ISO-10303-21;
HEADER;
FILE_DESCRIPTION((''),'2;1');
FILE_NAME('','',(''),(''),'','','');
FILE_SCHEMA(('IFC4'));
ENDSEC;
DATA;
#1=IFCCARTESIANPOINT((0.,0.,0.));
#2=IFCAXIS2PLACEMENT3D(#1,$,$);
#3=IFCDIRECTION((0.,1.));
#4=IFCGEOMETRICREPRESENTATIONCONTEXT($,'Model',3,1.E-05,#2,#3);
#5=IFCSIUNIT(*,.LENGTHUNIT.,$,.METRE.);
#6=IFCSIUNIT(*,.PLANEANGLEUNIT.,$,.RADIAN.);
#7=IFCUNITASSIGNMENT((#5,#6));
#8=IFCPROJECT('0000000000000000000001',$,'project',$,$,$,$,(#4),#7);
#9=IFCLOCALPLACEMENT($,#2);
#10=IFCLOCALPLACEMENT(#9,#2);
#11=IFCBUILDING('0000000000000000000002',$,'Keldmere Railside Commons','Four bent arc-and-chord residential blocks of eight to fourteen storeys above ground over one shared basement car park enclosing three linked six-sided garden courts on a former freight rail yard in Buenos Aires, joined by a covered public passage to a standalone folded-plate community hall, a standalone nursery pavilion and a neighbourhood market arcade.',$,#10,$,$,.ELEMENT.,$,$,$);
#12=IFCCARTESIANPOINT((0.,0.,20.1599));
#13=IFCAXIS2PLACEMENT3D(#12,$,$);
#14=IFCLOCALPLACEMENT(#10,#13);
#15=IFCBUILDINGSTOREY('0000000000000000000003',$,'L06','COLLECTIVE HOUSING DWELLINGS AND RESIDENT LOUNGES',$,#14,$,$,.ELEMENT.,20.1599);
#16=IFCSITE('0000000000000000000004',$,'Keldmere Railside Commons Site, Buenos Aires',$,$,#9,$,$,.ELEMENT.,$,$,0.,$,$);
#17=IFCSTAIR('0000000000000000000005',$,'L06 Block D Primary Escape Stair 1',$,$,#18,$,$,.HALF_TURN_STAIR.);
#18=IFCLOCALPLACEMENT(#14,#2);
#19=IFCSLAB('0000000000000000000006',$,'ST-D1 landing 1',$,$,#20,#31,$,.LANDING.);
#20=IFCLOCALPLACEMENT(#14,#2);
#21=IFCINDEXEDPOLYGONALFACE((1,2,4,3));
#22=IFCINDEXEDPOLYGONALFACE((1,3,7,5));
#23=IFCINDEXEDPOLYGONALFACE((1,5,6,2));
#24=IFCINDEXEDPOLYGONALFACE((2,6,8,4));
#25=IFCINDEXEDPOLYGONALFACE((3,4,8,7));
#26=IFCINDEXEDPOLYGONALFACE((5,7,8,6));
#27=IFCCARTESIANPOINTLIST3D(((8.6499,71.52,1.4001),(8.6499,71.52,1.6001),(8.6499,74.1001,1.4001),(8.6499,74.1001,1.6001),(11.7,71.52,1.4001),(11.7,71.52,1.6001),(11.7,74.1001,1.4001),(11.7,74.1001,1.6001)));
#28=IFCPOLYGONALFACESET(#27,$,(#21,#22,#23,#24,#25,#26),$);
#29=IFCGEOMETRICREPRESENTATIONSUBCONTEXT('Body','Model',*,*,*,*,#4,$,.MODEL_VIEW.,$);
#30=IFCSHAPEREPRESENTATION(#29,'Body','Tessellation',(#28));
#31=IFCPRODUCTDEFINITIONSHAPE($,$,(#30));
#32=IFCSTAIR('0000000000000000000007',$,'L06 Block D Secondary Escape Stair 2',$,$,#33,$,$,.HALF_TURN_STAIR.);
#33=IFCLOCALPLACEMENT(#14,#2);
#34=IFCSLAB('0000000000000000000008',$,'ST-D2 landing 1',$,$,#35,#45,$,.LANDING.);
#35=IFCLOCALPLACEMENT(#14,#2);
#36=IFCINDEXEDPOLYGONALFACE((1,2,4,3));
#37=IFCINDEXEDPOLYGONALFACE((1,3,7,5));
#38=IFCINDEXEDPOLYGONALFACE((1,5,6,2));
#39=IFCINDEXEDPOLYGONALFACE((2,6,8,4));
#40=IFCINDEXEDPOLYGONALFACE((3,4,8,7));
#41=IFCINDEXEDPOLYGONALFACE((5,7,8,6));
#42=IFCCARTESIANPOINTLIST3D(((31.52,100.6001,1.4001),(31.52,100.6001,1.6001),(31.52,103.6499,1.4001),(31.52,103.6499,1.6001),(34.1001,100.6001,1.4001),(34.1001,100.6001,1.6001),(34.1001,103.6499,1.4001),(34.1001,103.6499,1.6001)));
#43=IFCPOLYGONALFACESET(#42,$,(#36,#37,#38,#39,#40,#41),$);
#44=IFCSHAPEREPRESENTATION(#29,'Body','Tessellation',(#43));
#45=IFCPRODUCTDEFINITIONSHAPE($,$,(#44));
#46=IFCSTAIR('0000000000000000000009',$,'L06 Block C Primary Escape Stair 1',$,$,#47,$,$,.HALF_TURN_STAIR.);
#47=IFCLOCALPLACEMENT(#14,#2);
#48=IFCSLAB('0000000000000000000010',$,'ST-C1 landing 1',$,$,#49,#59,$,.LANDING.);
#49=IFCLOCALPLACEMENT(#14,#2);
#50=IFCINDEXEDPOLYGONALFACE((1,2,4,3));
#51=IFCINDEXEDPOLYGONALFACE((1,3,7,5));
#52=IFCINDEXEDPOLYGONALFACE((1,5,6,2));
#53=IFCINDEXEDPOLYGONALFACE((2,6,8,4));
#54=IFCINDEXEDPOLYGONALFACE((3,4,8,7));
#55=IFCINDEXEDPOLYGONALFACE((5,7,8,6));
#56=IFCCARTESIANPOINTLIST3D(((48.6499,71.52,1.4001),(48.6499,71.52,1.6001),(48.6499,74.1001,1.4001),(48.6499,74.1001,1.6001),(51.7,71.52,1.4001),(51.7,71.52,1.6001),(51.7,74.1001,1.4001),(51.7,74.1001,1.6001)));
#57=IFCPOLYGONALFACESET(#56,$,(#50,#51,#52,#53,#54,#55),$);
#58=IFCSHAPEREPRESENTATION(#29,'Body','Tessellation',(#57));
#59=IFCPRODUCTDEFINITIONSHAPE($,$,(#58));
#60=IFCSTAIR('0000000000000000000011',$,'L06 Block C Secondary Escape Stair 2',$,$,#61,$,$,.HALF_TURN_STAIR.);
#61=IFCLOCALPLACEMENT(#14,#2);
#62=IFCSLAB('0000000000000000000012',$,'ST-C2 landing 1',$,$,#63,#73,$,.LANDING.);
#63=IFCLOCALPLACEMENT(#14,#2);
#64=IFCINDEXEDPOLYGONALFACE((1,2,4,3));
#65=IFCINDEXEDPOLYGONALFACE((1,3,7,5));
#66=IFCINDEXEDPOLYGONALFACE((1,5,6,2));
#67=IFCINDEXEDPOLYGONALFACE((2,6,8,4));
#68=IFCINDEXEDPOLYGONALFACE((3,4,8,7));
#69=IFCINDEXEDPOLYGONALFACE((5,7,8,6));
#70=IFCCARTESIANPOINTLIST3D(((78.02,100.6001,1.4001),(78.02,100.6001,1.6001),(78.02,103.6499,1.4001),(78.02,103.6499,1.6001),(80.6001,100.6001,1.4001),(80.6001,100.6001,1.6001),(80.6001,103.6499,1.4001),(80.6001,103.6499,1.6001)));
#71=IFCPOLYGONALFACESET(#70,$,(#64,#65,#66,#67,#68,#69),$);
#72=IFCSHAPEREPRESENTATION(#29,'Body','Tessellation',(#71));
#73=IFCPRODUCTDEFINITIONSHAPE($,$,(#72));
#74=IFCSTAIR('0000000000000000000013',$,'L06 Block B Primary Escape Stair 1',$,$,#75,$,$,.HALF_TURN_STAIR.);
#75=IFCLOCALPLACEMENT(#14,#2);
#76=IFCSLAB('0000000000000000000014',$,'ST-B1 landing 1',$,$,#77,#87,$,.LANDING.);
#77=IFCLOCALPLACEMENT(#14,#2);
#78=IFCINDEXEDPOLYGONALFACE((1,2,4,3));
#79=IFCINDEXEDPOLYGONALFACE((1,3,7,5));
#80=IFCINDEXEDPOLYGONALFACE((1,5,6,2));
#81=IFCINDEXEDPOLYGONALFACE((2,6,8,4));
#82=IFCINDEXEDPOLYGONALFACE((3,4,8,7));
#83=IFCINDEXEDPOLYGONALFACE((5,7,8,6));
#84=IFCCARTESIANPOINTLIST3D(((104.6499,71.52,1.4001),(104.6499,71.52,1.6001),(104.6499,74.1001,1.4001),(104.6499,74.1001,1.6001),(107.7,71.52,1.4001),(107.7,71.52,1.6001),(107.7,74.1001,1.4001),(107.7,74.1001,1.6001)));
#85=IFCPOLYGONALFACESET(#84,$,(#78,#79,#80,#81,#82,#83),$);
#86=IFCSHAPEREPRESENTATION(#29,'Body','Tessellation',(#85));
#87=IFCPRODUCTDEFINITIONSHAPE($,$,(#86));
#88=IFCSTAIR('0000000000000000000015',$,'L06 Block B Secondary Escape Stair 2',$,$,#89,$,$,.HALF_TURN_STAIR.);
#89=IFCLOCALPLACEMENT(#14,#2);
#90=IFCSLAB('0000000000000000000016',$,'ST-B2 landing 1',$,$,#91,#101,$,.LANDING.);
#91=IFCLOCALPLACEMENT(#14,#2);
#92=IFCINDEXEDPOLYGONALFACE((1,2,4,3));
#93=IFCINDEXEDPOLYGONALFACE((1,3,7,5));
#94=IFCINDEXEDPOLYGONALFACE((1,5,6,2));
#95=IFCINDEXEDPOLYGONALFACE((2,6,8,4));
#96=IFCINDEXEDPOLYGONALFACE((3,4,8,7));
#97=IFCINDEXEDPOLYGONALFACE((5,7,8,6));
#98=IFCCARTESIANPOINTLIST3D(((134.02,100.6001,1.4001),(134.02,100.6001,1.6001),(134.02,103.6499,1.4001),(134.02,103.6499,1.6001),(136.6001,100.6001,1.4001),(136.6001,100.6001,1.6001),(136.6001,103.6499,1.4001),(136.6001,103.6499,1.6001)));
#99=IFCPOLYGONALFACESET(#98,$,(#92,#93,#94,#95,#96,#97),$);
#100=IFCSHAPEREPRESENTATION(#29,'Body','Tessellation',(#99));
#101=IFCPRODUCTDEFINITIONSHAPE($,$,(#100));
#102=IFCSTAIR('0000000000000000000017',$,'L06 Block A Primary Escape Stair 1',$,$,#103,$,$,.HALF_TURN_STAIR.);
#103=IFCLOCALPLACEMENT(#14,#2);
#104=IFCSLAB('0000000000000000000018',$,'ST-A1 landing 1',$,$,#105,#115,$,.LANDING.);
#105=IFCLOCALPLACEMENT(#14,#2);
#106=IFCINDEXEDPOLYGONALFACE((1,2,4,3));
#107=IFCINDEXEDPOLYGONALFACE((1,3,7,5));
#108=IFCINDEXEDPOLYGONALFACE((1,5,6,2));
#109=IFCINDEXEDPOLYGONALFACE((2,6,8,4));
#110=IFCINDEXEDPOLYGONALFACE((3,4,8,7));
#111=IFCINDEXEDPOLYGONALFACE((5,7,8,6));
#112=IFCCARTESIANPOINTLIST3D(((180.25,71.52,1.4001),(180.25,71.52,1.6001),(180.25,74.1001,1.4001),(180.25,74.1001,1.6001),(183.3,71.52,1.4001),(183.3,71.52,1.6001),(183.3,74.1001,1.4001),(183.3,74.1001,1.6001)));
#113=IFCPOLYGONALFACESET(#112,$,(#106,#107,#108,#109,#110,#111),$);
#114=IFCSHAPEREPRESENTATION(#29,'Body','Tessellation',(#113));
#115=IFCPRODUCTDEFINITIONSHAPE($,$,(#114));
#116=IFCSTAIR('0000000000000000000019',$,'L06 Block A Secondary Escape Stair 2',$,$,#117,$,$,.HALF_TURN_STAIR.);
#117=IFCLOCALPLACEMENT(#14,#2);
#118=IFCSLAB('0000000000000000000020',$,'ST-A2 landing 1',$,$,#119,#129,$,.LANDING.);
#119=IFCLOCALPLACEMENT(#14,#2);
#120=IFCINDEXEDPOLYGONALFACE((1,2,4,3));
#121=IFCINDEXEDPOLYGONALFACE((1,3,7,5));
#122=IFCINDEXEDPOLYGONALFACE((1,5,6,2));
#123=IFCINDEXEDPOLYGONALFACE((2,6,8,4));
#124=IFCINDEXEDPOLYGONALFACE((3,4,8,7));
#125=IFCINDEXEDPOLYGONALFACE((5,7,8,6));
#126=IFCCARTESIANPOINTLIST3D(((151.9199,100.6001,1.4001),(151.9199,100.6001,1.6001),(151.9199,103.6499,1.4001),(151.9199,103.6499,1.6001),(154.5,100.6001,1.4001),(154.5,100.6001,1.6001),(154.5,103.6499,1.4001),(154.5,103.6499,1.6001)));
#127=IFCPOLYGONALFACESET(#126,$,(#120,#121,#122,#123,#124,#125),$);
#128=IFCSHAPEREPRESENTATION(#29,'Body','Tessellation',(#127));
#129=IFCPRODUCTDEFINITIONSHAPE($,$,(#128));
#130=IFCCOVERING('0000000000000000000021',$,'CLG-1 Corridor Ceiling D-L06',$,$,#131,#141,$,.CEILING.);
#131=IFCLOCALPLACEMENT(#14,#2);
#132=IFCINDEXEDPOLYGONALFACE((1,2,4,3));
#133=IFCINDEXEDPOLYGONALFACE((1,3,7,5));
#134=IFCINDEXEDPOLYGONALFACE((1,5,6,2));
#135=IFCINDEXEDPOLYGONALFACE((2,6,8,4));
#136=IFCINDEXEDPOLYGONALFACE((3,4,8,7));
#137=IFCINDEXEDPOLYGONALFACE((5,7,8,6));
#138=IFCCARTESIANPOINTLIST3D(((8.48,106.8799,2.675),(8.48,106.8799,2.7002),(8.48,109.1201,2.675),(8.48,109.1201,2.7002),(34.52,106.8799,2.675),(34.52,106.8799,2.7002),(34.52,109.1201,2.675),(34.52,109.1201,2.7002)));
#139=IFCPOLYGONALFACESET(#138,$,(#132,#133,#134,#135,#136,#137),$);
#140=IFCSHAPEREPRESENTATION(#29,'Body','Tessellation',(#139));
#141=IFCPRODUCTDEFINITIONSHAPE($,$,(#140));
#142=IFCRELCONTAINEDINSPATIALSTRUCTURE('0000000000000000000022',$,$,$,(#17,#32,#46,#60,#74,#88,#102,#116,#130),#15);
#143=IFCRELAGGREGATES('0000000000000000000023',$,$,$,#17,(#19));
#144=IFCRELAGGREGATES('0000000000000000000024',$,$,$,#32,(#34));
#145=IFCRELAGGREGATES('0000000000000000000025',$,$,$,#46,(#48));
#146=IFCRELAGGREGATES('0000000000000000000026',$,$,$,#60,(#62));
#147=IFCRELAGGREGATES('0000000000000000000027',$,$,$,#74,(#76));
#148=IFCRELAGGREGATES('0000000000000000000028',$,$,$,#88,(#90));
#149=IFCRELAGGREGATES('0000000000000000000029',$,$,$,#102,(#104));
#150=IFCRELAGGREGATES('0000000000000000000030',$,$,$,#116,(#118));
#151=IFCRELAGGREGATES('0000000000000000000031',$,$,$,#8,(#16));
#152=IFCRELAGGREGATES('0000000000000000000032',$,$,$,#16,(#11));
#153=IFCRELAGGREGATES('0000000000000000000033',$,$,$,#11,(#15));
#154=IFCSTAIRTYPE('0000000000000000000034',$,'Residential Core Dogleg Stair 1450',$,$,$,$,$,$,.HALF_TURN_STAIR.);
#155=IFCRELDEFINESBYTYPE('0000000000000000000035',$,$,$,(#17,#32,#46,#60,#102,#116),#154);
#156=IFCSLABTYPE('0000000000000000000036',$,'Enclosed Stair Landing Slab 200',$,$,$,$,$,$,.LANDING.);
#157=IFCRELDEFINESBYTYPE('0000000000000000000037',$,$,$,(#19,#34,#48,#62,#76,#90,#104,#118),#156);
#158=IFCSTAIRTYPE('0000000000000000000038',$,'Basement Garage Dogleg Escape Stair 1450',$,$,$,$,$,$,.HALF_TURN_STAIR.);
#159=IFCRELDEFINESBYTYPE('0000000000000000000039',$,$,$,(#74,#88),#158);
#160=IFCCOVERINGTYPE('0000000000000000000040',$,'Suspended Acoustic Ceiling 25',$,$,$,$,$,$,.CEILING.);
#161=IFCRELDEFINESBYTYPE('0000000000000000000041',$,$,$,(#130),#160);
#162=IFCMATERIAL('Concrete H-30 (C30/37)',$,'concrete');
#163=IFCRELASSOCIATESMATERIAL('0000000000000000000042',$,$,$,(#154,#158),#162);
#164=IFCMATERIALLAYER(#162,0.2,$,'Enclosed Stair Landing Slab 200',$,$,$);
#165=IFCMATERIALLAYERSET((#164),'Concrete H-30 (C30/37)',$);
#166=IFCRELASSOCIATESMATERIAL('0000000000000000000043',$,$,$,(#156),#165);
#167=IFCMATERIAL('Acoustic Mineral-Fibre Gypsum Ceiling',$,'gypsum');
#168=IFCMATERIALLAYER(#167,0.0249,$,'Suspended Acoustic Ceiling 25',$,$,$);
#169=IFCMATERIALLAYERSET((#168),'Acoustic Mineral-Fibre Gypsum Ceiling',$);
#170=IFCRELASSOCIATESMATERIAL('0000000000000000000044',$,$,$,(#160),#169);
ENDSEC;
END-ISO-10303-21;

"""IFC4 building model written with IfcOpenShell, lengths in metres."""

from ifc_helpers import new_model, si_unit, direction, frame, origin, place, context, subcontext, project, spatial, polyline, outline, extrude, material, layer, layer_set, type_object, element, aggregate, save


model = new_model("IFC4")

# Units and contexts
model_context = context("Model", 3, precision=1e-05, world=origin(), true_north=direction((0.0, 1.0)))
body_context = subcontext(model_context, "Body", "Model", "MODEL_VIEW")
ifc_project = project(units=[si_unit("LENGTHUNIT", "METRE"), si_unit("PLANEANGLEUNIT", "RADIAN")], contexts=[model_context])

# Site, building, storey
site_placement = place(None, origin())
site = spatial("IfcSite", under=ifc_project, at=site_placement, Name="Keldmere Railside Commons Site, Buenos Aires", CompositionType="ELEMENT", RefElevation=0.0)
building_placement = place(site_placement, origin())
building = spatial("IfcBuilding", under=site, at=building_placement, Name="Keldmere Railside Commons", Description="Four bent arc-and-chord residential blocks of eight to fourteen storeys above ground over one shared basement car park enclosing three linked six-sided garden courts on a former freight rail yard in Buenos Aires, joined by a covered public passage to a standalone folded-plate community hall, a standalone nursery pavilion and a neighbourhood market arcade.", CompositionType="ELEMENT")
storey_placement = place(building_placement, frame((0.0, 0.0, 20.1599)))
storey = spatial("IfcBuildingStorey", under=building, at=storey_placement, Name="L06", Description="COLLECTIVE HOUSING DWELLINGS AND RESIDENT LOUNGES", CompositionType="ELEMENT", Elevation=20.1599)

# Stairs, slabs
ifc_material_1 = material(Name="Concrete H-30 (C30/37)", Category="concrete")
stair_type_1 = type_object("IfcStairType", Name="Residential Core Dogleg Stair 1450", PredefinedType="HALF_TURN_STAIR", material=ifc_material_1)
stair_1_placement = place(storey_placement, origin())
stair_1 = element("IfcStair", 1, at=stair_1_placement, inside=storey, type_object=stair_type_1, Name="L06 Block D Primary Escape Stair 1", PredefinedType="HALF_TURN_STAIR")
ifc_layer_1 = layer(ifc_material_1, 0.2, Name="Enclosed Stair Landing Slab 200")
ifc_layer_set_1 = layer_set([ifc_layer_1], Name="Concrete H-30 (C30/37)")
slab_type = type_object("IfcSlabType", Name="Enclosed Stair Landing Slab 200", PredefinedType="LANDING", material=ifc_layer_set_1)
slab_1_placement = place(storey_placement, frame((0.0, 0.0, 1.4001)))
slab_1 = element("IfcSlab", 2, at=slab_1_placement, type_object=slab_type, Name="ST-D1 landing 1", PredefinedType="LANDING", context=body_context, shape_type="SweptSolid", body=[
    extrude(outline(polyline([(11.7, 71.52), (11.7, 74.1001), (8.6499, 74.1001), (8.6499, 71.52), (11.7, 71.52)])), origin(), (0.0, 0.0, 1.0), 0.2),
])
aggregate(stair_1, [slab_1])
stair_2_placement = place(storey_placement, origin())
stair_2 = element("IfcStair", 3, at=stair_2_placement, inside=storey, type_object=stair_type_1, Name="L06 Block D Secondary Escape Stair 2", PredefinedType="HALF_TURN_STAIR")
slab_2_placement = place(storey_placement, frame((0.0, 0.0, 1.4001)))
slab_2 = element("IfcSlab", 4, at=slab_2_placement, type_object=slab_type, Name="ST-D2 landing 1", PredefinedType="LANDING", context=body_context, shape_type="SweptSolid", body=[
    extrude(outline(polyline([(31.52, 100.6001), (34.1001, 100.6001), (34.1001, 103.6499), (31.52, 103.6499), (31.52, 100.6001)])), origin(), (0.0, 0.0, 1.0), 0.2),
])
aggregate(stair_2, [slab_2])
stair_3_placement = place(storey_placement, origin())
stair_3 = element("IfcStair", 5, at=stair_3_placement, inside=storey, type_object=stair_type_1, Name="L06 Block C Primary Escape Stair 1", PredefinedType="HALF_TURN_STAIR")
slab_3_placement = place(storey_placement, frame((0.0, 0.0, 1.4001)))
slab_3 = element("IfcSlab", 6, at=slab_3_placement, type_object=slab_type, Name="ST-C1 landing 1", PredefinedType="LANDING", context=body_context, shape_type="SweptSolid", body=[
    extrude(outline(polyline([(51.7, 71.52), (51.7, 74.1001), (48.6499, 74.1001), (48.6499, 71.52), (51.7, 71.52)])), origin(), (0.0, 0.0, 1.0), 0.2),
])
aggregate(stair_3, [slab_3])
stair_4_placement = place(storey_placement, origin())
stair_4 = element("IfcStair", 7, at=stair_4_placement, inside=storey, type_object=stair_type_1, Name="L06 Block C Secondary Escape Stair 2", PredefinedType="HALF_TURN_STAIR")
slab_4_placement = place(storey_placement, frame((0.0, 0.0, 1.4001)))
slab_4 = element("IfcSlab", 8, at=slab_4_placement, type_object=slab_type, Name="ST-C2 landing 1", PredefinedType="LANDING", context=body_context, shape_type="SweptSolid", body=[
    extrude(outline(polyline([(78.02, 100.6001), (80.6001, 100.6001), (80.6001, 103.6499), (78.02, 103.6499), (78.02, 100.6001)])), origin(), (0.0, 0.0, 1.0), 0.2),
])
aggregate(stair_4, [slab_4])
stair_type_2 = type_object("IfcStairType", Name="Basement Garage Dogleg Escape Stair 1450", PredefinedType="HALF_TURN_STAIR", material=ifc_material_1)
stair_5_placement = place(storey_placement, origin())
stair_5 = element("IfcStair", 9, at=stair_5_placement, inside=storey, type_object=stair_type_2, Name="L06 Block B Primary Escape Stair 1", PredefinedType="HALF_TURN_STAIR")
slab_5_placement = place(storey_placement, frame((0.0, 0.0, 1.4001)))
slab_5 = element("IfcSlab", 10, at=slab_5_placement, type_object=slab_type, Name="ST-B1 landing 1", PredefinedType="LANDING", context=body_context, shape_type="SweptSolid", body=[
    extrude(outline(polyline([(107.7, 71.52), (107.7, 74.1001), (104.6499, 74.1001), (104.6499, 71.52), (107.7, 71.52)])), origin(), (0.0, 0.0, 1.0), 0.2),
])
aggregate(stair_5, [slab_5])
stair_6_placement = place(storey_placement, origin())
stair_6 = element("IfcStair", 11, at=stair_6_placement, inside=storey, type_object=stair_type_2, Name="L06 Block B Secondary Escape Stair 2", PredefinedType="HALF_TURN_STAIR")
slab_6_placement = place(storey_placement, frame((0.0, 0.0, 1.4001)))
slab_6 = element("IfcSlab", 12, at=slab_6_placement, type_object=slab_type, Name="ST-B2 landing 1", PredefinedType="LANDING", context=body_context, shape_type="SweptSolid", body=[
    extrude(outline(polyline([(134.02, 100.6001), (136.6001, 100.6001), (136.6001, 103.6499), (134.02, 103.6499), (134.02, 100.6001)])), origin(), (0.0, 0.0, 1.0), 0.2),
])
aggregate(stair_6, [slab_6])
stair_7_placement = place(storey_placement, origin())
stair_7 = element("IfcStair", 13, at=stair_7_placement, inside=storey, type_object=stair_type_1, Name="L06 Block A Primary Escape Stair 1", PredefinedType="HALF_TURN_STAIR")
slab_7_placement = place(storey_placement, frame((0.0, 0.0, 1.4001)))
slab_7 = element("IfcSlab", 14, at=slab_7_placement, type_object=slab_type, Name="ST-A1 landing 1", PredefinedType="LANDING", context=body_context, shape_type="SweptSolid", body=[
    extrude(outline(polyline([(183.3, 71.52), (183.3, 74.1001), (180.25, 74.1001), (180.25, 71.52), (183.3, 71.52)])), origin(), (0.0, 0.0, 1.0), 0.2),
])
aggregate(stair_7, [slab_7])
stair_8_placement = place(storey_placement, origin())
stair_8 = element("IfcStair", 15, at=stair_8_placement, inside=storey, type_object=stair_type_1, Name="L06 Block A Secondary Escape Stair 2", PredefinedType="HALF_TURN_STAIR")
slab_8_placement = place(storey_placement, frame((0.0, 0.0, 1.4001)))
slab_8 = element("IfcSlab", 16, at=slab_8_placement, type_object=slab_type, Name="ST-A2 landing 1", PredefinedType="LANDING", context=body_context, shape_type="SweptSolid", body=[
    extrude(outline(polyline([(151.9199, 100.6001), (154.5, 100.6001), (154.5, 103.6499), (151.9199, 103.6499), (151.9199, 100.6001)])), origin(), (0.0, 0.0, 1.0), 0.2),
])
aggregate(stair_8, [slab_8])

# Covering
ifc_material_2 = material(Name="Acoustic Mineral-Fibre Gypsum Ceiling", Category="gypsum")
ifc_layer_2 = layer(ifc_material_2, 0.0249, Name="Suspended Acoustic Ceiling 25")
ifc_layer_set_2 = layer_set([ifc_layer_2], Name="Acoustic Mineral-Fibre Gypsum Ceiling")
covering_type_1 = type_object("IfcCoveringType", Name="Suspended Acoustic Ceiling 25", PredefinedType="CEILING", material=ifc_layer_set_2)
covering_1_placement = place(storey_placement, frame((0.0, 0.0, 2.675)))
element("IfcCovering", 17, at=covering_1_placement, inside=storey, type_object=covering_type_1, Name="CLG-1 Corridor Ceiling D-L06", PredefinedType="CEILING", context=body_context, shape_type="SweptSolid", body=[
    extrude(outline(polyline([(8.48, 106.8799), (34.52, 106.8799), (34.52, 109.1201), (8.48, 109.1201), (8.48, 106.8799)])), origin(), (0.0, 0.0, 1.0), 0.0251),
])

save(model, "model.ifc")
